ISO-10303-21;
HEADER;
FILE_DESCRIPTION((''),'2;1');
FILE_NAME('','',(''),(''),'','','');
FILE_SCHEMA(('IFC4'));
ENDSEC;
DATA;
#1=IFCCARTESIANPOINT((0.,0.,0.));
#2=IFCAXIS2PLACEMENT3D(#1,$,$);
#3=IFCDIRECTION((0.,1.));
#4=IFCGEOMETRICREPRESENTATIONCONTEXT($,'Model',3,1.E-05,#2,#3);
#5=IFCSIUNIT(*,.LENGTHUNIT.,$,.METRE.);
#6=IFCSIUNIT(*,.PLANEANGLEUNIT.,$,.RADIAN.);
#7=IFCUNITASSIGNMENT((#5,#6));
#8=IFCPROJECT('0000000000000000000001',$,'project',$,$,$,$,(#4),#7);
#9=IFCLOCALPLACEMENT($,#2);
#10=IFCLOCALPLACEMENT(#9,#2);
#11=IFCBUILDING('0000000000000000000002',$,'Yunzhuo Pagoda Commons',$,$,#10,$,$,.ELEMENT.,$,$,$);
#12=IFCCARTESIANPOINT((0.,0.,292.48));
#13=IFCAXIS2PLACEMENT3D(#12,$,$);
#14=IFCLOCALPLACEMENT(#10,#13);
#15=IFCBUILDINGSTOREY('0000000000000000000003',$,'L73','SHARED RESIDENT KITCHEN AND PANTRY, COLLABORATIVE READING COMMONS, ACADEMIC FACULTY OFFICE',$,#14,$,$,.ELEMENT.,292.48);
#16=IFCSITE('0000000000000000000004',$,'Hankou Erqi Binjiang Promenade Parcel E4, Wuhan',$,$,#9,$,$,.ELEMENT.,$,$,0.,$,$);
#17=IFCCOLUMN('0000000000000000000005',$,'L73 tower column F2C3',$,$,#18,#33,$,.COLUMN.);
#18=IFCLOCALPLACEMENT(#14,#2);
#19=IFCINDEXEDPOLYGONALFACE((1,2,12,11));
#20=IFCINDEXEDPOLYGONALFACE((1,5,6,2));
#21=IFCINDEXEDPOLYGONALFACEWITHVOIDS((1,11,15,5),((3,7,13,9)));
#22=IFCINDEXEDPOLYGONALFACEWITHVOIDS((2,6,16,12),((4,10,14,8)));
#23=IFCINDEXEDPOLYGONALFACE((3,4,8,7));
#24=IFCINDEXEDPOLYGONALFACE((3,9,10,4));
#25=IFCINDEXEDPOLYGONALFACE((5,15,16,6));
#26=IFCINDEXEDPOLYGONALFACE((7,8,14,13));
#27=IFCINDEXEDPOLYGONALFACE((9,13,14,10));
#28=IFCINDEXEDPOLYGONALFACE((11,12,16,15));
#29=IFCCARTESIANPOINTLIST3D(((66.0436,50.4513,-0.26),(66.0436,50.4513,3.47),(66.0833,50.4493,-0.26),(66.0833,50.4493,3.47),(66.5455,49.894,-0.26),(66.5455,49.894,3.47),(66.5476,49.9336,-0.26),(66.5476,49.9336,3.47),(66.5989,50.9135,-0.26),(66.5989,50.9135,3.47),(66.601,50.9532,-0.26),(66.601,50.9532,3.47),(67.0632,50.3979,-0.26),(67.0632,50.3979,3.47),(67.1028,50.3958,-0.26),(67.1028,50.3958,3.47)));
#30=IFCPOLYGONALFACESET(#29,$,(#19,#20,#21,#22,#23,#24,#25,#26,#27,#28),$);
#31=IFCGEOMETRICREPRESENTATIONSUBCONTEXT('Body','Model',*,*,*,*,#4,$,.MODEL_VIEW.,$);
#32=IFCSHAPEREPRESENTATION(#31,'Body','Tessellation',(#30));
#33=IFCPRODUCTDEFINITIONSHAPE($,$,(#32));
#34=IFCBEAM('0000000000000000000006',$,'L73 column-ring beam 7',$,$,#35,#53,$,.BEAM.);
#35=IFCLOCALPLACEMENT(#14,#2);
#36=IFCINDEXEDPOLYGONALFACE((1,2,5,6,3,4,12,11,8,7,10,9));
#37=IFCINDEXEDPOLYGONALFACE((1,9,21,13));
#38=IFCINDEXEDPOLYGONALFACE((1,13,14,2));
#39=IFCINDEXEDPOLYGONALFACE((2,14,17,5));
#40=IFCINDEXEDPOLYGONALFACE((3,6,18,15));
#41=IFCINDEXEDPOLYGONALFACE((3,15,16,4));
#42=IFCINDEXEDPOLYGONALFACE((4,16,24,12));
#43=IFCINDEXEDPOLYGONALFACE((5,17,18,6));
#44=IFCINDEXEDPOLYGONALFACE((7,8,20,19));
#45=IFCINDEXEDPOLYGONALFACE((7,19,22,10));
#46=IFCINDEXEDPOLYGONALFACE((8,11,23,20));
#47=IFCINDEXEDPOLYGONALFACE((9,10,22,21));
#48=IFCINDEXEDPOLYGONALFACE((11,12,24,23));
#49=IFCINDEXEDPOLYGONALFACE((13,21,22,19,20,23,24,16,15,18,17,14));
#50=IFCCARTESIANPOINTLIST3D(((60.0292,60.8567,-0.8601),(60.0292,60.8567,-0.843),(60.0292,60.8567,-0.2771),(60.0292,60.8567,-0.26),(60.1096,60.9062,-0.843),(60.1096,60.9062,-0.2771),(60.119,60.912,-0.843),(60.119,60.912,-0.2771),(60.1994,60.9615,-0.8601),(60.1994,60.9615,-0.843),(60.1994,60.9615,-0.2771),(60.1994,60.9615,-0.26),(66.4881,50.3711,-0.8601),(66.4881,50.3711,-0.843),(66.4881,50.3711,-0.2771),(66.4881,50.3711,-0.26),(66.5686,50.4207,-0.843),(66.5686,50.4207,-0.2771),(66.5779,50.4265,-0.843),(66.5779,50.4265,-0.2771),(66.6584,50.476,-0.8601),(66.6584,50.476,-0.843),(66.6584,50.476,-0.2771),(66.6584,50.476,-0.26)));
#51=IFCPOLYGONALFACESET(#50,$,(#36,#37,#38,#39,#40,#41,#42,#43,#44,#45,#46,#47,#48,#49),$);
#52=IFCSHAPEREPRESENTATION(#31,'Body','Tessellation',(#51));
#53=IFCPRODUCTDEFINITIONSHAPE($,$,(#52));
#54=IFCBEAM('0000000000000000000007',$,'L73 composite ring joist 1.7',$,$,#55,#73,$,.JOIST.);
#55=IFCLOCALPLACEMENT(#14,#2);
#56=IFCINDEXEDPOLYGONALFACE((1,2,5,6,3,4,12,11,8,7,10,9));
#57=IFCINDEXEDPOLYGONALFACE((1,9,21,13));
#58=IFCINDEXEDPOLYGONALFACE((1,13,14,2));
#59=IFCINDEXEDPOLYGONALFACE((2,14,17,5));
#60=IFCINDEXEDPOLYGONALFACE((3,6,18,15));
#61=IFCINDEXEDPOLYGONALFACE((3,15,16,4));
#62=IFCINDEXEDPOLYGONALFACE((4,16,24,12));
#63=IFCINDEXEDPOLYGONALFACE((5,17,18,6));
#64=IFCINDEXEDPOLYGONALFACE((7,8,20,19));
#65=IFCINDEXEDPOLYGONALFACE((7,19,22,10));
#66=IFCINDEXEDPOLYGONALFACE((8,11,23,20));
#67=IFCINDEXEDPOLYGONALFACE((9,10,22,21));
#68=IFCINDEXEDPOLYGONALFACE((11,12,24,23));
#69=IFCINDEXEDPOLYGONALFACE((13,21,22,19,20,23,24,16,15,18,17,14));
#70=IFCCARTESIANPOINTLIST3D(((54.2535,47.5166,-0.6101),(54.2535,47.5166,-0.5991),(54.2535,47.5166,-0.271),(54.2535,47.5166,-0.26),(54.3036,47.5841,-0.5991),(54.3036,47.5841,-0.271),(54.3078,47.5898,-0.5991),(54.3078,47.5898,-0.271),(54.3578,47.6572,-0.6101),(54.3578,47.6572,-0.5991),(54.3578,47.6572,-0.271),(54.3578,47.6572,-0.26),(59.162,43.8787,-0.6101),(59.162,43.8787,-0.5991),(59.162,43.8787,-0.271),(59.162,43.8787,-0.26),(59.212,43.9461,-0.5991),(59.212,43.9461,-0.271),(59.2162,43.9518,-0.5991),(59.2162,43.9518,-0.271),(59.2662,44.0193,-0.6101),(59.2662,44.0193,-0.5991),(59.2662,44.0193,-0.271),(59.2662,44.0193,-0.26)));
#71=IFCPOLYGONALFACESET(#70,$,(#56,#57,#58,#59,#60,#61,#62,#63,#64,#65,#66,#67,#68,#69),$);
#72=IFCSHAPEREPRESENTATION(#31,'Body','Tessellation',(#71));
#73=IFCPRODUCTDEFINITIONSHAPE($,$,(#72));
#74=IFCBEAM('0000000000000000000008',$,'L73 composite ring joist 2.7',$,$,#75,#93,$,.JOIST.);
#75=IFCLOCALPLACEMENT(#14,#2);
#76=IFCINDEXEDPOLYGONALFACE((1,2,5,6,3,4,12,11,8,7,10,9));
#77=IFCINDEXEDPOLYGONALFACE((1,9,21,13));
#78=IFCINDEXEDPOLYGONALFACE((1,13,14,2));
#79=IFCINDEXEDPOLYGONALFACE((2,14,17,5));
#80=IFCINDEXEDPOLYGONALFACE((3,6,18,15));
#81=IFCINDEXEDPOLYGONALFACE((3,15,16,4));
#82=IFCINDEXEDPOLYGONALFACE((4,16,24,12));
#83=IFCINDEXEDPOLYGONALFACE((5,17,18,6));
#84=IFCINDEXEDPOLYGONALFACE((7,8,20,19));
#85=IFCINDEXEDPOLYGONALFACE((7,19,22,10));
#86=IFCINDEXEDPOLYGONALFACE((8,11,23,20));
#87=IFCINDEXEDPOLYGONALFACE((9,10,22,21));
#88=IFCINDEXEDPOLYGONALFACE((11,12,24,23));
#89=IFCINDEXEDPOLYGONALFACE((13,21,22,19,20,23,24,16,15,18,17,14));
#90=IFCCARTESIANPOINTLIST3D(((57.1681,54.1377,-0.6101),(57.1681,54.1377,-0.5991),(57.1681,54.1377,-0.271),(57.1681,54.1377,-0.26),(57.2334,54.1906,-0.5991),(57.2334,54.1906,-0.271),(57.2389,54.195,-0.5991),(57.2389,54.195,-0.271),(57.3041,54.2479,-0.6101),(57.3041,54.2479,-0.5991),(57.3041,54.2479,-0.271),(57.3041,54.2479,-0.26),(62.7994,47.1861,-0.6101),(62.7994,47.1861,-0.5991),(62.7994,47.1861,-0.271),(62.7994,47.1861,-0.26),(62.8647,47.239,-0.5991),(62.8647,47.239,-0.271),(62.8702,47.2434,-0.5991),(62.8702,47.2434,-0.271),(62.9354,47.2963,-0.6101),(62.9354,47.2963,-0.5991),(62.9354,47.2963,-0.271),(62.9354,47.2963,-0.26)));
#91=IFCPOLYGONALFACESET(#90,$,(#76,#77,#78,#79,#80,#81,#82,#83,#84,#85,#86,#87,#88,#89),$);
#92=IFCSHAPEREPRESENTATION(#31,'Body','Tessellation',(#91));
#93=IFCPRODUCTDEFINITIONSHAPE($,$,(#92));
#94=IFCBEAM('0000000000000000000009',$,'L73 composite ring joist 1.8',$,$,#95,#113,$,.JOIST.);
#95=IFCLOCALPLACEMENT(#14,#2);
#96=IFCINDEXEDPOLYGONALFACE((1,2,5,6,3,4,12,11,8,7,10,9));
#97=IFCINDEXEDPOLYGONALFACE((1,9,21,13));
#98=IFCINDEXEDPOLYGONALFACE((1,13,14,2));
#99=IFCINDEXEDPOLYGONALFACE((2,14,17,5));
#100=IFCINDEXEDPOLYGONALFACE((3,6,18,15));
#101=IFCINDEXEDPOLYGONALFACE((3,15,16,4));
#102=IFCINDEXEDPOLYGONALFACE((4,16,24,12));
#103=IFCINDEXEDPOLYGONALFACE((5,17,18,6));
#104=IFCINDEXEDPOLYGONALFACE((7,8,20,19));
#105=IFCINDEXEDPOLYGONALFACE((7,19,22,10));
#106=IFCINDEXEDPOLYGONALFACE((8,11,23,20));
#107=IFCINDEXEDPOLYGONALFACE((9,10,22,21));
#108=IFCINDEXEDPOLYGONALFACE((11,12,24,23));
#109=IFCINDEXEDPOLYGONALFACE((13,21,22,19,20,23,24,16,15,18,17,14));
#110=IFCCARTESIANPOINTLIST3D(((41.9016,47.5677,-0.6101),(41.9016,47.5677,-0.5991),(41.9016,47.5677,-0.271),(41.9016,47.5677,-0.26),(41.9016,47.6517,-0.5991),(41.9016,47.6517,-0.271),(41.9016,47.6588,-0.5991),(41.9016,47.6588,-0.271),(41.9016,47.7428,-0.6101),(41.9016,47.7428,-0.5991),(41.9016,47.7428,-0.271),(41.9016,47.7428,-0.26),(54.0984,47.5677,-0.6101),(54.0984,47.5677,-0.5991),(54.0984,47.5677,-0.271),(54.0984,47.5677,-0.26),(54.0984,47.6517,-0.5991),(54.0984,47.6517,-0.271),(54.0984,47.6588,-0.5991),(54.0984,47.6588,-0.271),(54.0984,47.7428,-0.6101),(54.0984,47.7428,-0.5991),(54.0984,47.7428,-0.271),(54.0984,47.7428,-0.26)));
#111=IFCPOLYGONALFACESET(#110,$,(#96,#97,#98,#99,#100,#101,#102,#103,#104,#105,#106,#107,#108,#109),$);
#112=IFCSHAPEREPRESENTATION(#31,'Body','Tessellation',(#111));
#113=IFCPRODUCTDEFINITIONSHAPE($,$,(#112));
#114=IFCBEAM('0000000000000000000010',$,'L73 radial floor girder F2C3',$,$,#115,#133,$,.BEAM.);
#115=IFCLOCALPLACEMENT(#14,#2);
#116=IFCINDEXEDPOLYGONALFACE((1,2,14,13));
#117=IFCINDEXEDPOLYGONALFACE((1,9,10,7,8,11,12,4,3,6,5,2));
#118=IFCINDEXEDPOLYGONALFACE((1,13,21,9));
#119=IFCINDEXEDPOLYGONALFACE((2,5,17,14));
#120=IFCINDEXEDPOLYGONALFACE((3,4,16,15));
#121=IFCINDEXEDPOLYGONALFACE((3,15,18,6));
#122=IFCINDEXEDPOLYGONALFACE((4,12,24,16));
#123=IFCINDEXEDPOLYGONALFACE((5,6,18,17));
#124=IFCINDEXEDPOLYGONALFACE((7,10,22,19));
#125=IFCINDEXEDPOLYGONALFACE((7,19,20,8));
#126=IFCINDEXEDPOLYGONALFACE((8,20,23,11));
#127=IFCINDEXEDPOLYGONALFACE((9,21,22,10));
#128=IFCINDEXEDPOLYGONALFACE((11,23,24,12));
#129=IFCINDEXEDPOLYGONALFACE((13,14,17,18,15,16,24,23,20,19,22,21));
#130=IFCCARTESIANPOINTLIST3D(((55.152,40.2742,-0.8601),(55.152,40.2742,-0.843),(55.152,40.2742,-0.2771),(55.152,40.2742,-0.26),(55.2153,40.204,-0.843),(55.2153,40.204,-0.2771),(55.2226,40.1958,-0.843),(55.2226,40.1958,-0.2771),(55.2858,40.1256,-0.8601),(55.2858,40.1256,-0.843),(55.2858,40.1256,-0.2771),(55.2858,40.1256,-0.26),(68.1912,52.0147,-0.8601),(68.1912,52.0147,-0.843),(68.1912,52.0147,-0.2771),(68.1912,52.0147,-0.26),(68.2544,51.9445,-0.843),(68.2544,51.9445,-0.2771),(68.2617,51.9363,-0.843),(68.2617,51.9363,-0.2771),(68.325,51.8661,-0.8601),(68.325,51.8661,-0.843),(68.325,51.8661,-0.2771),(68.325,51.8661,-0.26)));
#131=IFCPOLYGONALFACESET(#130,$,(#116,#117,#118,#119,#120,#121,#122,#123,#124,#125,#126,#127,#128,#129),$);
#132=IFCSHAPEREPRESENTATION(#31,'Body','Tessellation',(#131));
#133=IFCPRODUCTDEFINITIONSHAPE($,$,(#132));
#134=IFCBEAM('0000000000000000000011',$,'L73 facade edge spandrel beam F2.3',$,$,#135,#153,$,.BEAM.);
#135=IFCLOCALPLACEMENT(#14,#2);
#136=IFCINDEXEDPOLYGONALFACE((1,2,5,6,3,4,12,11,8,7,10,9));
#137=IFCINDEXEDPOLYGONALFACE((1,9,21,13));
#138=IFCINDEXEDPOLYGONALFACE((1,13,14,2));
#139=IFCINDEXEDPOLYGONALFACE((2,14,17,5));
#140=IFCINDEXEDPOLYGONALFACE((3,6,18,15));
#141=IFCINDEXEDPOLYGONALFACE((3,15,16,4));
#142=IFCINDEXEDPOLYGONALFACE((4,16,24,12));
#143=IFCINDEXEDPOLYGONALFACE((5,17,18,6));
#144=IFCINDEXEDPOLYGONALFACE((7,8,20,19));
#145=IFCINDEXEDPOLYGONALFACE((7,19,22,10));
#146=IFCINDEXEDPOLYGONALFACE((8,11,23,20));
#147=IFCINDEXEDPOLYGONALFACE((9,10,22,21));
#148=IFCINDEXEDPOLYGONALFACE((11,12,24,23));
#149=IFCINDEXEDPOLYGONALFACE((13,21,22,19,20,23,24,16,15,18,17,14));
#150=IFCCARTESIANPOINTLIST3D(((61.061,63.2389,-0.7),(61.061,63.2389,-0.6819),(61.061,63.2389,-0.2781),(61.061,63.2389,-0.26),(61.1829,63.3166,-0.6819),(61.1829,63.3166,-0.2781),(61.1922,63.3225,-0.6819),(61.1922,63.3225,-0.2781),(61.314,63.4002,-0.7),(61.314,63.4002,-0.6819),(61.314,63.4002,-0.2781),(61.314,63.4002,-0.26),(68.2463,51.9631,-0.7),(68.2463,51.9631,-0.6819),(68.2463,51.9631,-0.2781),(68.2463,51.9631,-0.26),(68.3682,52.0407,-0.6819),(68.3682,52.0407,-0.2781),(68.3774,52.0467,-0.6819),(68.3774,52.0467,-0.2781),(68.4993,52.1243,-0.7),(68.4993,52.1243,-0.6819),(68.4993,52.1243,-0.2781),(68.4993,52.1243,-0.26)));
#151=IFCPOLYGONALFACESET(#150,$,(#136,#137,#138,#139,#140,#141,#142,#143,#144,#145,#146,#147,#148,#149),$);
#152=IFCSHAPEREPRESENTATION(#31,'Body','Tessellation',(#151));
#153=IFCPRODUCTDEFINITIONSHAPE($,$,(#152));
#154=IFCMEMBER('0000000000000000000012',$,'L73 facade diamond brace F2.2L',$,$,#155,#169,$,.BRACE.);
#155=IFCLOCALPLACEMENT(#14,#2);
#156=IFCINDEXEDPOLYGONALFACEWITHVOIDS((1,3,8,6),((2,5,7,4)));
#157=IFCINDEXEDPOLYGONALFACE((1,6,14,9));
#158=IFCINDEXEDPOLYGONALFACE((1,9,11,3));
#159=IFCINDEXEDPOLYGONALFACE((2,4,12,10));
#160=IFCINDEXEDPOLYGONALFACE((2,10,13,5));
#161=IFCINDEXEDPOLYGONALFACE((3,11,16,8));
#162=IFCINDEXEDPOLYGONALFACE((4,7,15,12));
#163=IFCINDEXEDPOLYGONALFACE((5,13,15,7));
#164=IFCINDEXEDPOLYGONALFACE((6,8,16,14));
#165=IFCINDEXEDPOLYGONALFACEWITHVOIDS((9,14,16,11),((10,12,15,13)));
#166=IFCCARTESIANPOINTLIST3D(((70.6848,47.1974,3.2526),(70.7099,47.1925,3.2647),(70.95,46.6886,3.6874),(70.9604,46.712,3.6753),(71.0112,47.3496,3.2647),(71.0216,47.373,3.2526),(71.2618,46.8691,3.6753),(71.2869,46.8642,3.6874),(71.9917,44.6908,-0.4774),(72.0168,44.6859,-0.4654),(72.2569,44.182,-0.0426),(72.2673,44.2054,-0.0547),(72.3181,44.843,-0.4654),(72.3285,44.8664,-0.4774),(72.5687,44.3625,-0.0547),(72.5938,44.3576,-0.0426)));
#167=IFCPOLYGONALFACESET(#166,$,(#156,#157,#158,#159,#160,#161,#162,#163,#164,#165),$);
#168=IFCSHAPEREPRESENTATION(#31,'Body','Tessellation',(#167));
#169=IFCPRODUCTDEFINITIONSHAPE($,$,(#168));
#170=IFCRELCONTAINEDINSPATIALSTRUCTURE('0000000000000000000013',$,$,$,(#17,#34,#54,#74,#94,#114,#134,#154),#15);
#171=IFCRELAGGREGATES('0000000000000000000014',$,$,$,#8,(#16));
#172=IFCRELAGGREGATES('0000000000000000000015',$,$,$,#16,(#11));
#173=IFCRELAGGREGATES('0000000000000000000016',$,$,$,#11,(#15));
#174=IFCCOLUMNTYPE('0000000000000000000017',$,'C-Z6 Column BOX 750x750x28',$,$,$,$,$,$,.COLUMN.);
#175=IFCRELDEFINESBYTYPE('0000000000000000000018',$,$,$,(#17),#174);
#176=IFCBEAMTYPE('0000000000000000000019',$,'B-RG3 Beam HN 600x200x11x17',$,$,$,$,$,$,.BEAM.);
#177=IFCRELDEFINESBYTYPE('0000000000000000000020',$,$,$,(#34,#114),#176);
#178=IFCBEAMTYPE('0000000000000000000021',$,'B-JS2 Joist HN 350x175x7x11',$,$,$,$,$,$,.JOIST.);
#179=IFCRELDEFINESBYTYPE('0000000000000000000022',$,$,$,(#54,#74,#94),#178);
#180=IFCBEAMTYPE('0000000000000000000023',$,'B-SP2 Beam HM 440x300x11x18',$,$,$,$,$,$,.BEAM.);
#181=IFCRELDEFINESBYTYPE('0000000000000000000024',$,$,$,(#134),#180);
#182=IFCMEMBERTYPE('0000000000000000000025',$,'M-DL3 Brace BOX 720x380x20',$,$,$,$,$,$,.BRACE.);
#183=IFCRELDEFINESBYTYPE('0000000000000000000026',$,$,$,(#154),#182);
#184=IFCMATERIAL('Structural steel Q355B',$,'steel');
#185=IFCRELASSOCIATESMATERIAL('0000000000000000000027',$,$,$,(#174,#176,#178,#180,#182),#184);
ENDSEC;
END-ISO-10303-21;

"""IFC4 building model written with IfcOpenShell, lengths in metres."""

from ifc_helpers import new_model, si_unit, direction, frame, origin, origin_2d, place, context, subcontext, project, spatial, hollow_rectangle, i_section, extrude, source, transform, mapped, material, material_profile, profile_set, type_object, element, save


model = new_model("IFC4")

# Units and contexts
model_context = context("Model", 3, precision=1e-05, world=origin(), true_north=direction((0.0, 1.0)))
body_context = subcontext(model_context, "Body", "Model", "MODEL_VIEW")
ifc_project = project(units=[si_unit("LENGTHUNIT", "METRE"), si_unit("PLANEANGLEUNIT", "RADIAN")], contexts=[model_context])

# Site, building, storey
site_placement = place(None, origin())
site = spatial("IfcSite", under=ifc_project, at=site_placement, Name="Hankou Erqi Binjiang Promenade Parcel E4, Wuhan", CompositionType="ELEMENT", RefElevation=0.0)
building_placement = place(site_placement, origin())
building = spatial("IfcBuilding", under=site, at=building_placement, Name="Yunzhuo Pagoda Commons", CompositionType="ELEMENT")
storey_placement = place(building_placement, frame((0.0, 0.0, 292.48)))
storey = spatial("IfcBuildingStorey", under=building, at=storey_placement, Name="L73", Description="SHARED RESIDENT KITCHEN AND PANTRY, COLLABORATIVE READING COMMONS, ACADEMIC FACULTY OFFICE", CompositionType="ELEMENT", Elevation=292.48)

# Column
ifc_material_1 = material(Name="Structural steel Q355B", Category="steel")
ifc_material_profile_1 = material_profile(ifc_material_1, hollow_rectangle(XDim=0.75, YDim=0.75, WallThickness=0.0281, at=origin_2d()), Name="Structural steel Q355B")
ifc_profile_set_1 = profile_set([ifc_material_profile_1], Name="Structural steel Q355B")
column_type = type_object("IfcColumnType", Name="C-Z6 Column BOX 750x750x28", PredefinedType="COLUMN", material=ifc_profile_set_1)
shared_shape_1 = source(origin(), body_context, "Body", "SweptSolid", [
    extrude(hollow_rectangle(XDim=0.75, YDim=0.75, WallThickness=0.0281, at=origin_2d()), origin(), (0.0, 0.0, 1.0), 3.73),
])
column_placement = place(storey_placement, frame((66.5732, 50.4236, -0.26), z_axis=(0.0, 0.0, 1.0), x_axis=(-0.669131, 0.743145, 0.0)))
element("IfcColumn", 1, at=column_placement, inside=storey, type_object=column_type, Name="L73 tower column F2C3", PredefinedType="COLUMN", context=body_context, shape_type="MappedRepresentation", body=[
    mapped(shared_shape_1, transform((0.0, 0.0, 0.0), scale=1.0)),
])

# Beams
ifc_material_profile_2 = material_profile(ifc_material_1, i_section(OverallWidth=0.2, OverallDepth=0.6001, WebThickness=0.011, FlangeThickness=0.0171, at=origin_2d()), Name="Structural steel Q355B")
ifc_profile_set_2 = profile_set([ifc_material_profile_2], Name="Structural steel Q355B")
beam_type_1 = type_object("IfcBeamType", Name="B-RG3 Beam HN 600x200x11x17", PredefinedType="BEAM", material=ifc_profile_set_2)
shared_shape_2 = source(origin(), body_context, "Body", "SweptSolid", [
    extrude(i_section(OverallWidth=0.2, OverallDepth=0.6001, WebThickness=0.011, FlangeThickness=0.0171, at=origin_2d()), origin(), (0.0, 0.0, 1.0), 12.3152),
])
beam_1_placement = place(storey_placement, frame((66.5732, 50.4236, -0.5601), z_axis=(-0.524469, 0.85143, 0.0), x_axis=(-0.85143, -0.524469, 0.0)))
element("IfcBeam", 2, at=beam_1_placement, inside=storey, type_object=beam_type_1, Name="L73 column-ring beam 7", PredefinedType="BEAM", context=body_context, shape_type="MappedRepresentation", body=[
    mapped(shared_shape_2, transform((0.0, 0.0, 0.0), scale=1.0)),
])
ifc_material_profile_3 = material_profile(ifc_material_1, i_section(OverallWidth=0.175, OverallDepth=0.3501, WebThickness=0.0071, FlangeThickness=0.011, at=origin_2d()), Name="Structural steel Q355B")
ifc_profile_set_3 = profile_set([ifc_material_profile_3], Name="Structural steel Q355B")
beam_type_2 = type_object("IfcBeamType", Name="B-JS2 Joist HN 350x175x7x11", PredefinedType="JOIST", material=ifc_profile_set_3)
shared_shape_3 = source(origin(), body_context, "Body", "SweptSolid", [
    extrude(i_section(OverallWidth=0.175, OverallDepth=0.3501, WebThickness=0.0071, FlangeThickness=0.011, at=origin_2d()), origin(), (0.0, 0.0, 1.0), 6.1096),
])
beam_2_placement = place(storey_placement, frame((59.2141, 43.949, -0.4351), z_axis=(-0.803396, 0.595444, 0.0), x_axis=(-0.595444, -0.803396, 0.0)))
element("IfcBeam", 3, at=beam_2_placement, inside=storey, type_object=beam_type_2, Name="L73 composite ring joist 1.7", PredefinedType="JOIST", context=body_context, shape_type="MappedRepresentation", body=[
    mapped(shared_shape_3, transform((0.0, 0.0, 0.0), scale=1.0)),
])
shared_shape_4 = source(origin(), body_context, "Body", "SweptSolid", [
    extrude(i_section(OverallWidth=0.175, OverallDepth=0.3501, WebThickness=0.0071, FlangeThickness=0.011, at=origin_2d()), origin(), (0.0, 0.0, 1.0), 8.9463),
])
beam_3_placement = place(storey_placement, frame((62.8674, 47.2412, -0.4351), z_axis=(-0.629456, 0.777036, 0.0), x_axis=(-0.777036, -0.629456, 0.0)))
element("IfcBeam", 4, at=beam_3_placement, inside=storey, type_object=beam_type_2, Name="L73 composite ring joist 2.7", PredefinedType="JOIST", context=body_context, shape_type="MappedRepresentation", body=[
    mapped(shared_shape_4, transform((0.0, 0.0, 0.0), scale=1.0)),
])
shared_shape_5 = source(origin(), body_context, "Body", "SweptSolid", [
    extrude(i_section(OverallWidth=0.175, OverallDepth=0.3501, WebThickness=0.0071, FlangeThickness=0.011, at=origin_2d()), origin(), (0.0, 0.0, 1.0), 12.1968),
])
beam_4_placement = place(storey_placement, frame((54.0984, 47.6553, -0.4351), z_axis=(-1.0, 0.0, 0.0), x_axis=(0.0, -1.0, 0.0)))
element("IfcBeam", 5, at=beam_4_placement, inside=storey, type_object=beam_type_2, Name="L73 composite ring joist 1.8", PredefinedType="JOIST", context=body_context, shape_type="MappedRepresentation", body=[
    mapped(shared_shape_5, transform((0.0, 0.0, 0.0), scale=1.0)),
])
shared_shape_6 = source(origin(), body_context, "Body", "SweptSolid", [
    extrude(i_section(OverallWidth=0.2, OverallDepth=0.6001, WebThickness=0.011, FlangeThickness=0.0171, at=origin_2d()), origin(), (0.0, 0.0, 1.0), 17.5459),
])
beam_5_placement = place(storey_placement, frame((68.2581, 51.9404, -0.5601), z_axis=(-0.743143, -0.669132, 0.0), x_axis=(0.669132, -0.743143, 0.0)))
element("IfcBeam", 6, at=beam_5_placement, inside=storey, type_object=beam_type_1, Name="L73 radial floor girder F2C3", PredefinedType="BEAM", context=body_context, shape_type="MappedRepresentation", body=[
    mapped(shared_shape_6, transform((0.0, 0.0, 0.0), scale=1.0)),
])
ifc_material_profile_4 = material_profile(ifc_material_1, i_section(OverallWidth=0.3, OverallDepth=0.4399, WebThickness=0.011, FlangeThickness=0.0181, at=origin_2d()), Name="Structural steel Q355B")
ifc_profile_set_4 = profile_set([ifc_material_profile_4], Name="Structural steel Q355B")
beam_type_3 = type_object("IfcBeamType", Name="B-SP2 Beam HM 440x300x11x18", PredefinedType="BEAM", material=ifc_profile_set_4)
shared_shape_7 = source(origin(), body_context, "Body", "SweptSolid", [
    extrude(i_section(OverallWidth=0.3, OverallDepth=0.4399, WebThickness=0.011, FlangeThickness=0.0181, at=origin_2d()), origin(), (0.0, 0.0, 1.0), 13.3706),
])
beam_6_placement = place(storey_placement, frame((68.3728, 52.0437, -0.48), z_axis=(-0.537394, 0.843331, 0.0), x_axis=(-0.843331, -0.537394, 0.0)))
element("IfcBeam", 7, at=beam_6_placement, inside=storey, type_object=beam_type_3, Name="L73 facade edge spandrel beam F2.3", PredefinedType="BEAM", context=body_context, shape_type="MappedRepresentation", body=[
    mapped(shared_shape_7, transform((0.0, 0.0, 0.0), scale=1.0)),
])

# Member
ifc_material_profile_5 = material_profile(ifc_material_1, hollow_rectangle(XDim=0.3799, YDim=0.72, WallThickness=0.02, at=origin_2d()), Name="Structural steel Q355B")
ifc_profile_set_5 = profile_set([ifc_material_profile_5], Name="Structural steel Q355B")
member_type_1 = type_object("IfcMemberType", Name="M-DL3 Brace BOX 720x380x20", PredefinedType="BRACE", material=ifc_profile_set_5)
shared_shape_8 = source(origin(), body_context, "Body", "SweptSolid", [
    extrude(hollow_rectangle(XDim=0.3799, YDim=0.72, WallThickness=0.02, at=origin_2d()), origin(), (0.0, 0.0, 1.0), 4.6802),
])
for number, where, z_axis, x_axis, name in (
    (8, (72.2927, 44.5242, -0.26), (-0.279241, 0.535581, 0.796981), (-0.886716, -0.462315, 0.0), "L73 facade diamond brace F2.2L"),
):
    element("IfcMember", number, at=place(storey_placement, frame(where, z_axis=z_axis, x_axis=x_axis)), inside=storey, type_object=member_type_1, Name=name, PredefinedType="BRACE", context=body_context, shape_type="MappedRepresentation", body=[
        mapped(shared_shape_8, transform((0.0, 0.0, 0.0), scale=1.0)),
    ])

save(model, "model.ifc")
